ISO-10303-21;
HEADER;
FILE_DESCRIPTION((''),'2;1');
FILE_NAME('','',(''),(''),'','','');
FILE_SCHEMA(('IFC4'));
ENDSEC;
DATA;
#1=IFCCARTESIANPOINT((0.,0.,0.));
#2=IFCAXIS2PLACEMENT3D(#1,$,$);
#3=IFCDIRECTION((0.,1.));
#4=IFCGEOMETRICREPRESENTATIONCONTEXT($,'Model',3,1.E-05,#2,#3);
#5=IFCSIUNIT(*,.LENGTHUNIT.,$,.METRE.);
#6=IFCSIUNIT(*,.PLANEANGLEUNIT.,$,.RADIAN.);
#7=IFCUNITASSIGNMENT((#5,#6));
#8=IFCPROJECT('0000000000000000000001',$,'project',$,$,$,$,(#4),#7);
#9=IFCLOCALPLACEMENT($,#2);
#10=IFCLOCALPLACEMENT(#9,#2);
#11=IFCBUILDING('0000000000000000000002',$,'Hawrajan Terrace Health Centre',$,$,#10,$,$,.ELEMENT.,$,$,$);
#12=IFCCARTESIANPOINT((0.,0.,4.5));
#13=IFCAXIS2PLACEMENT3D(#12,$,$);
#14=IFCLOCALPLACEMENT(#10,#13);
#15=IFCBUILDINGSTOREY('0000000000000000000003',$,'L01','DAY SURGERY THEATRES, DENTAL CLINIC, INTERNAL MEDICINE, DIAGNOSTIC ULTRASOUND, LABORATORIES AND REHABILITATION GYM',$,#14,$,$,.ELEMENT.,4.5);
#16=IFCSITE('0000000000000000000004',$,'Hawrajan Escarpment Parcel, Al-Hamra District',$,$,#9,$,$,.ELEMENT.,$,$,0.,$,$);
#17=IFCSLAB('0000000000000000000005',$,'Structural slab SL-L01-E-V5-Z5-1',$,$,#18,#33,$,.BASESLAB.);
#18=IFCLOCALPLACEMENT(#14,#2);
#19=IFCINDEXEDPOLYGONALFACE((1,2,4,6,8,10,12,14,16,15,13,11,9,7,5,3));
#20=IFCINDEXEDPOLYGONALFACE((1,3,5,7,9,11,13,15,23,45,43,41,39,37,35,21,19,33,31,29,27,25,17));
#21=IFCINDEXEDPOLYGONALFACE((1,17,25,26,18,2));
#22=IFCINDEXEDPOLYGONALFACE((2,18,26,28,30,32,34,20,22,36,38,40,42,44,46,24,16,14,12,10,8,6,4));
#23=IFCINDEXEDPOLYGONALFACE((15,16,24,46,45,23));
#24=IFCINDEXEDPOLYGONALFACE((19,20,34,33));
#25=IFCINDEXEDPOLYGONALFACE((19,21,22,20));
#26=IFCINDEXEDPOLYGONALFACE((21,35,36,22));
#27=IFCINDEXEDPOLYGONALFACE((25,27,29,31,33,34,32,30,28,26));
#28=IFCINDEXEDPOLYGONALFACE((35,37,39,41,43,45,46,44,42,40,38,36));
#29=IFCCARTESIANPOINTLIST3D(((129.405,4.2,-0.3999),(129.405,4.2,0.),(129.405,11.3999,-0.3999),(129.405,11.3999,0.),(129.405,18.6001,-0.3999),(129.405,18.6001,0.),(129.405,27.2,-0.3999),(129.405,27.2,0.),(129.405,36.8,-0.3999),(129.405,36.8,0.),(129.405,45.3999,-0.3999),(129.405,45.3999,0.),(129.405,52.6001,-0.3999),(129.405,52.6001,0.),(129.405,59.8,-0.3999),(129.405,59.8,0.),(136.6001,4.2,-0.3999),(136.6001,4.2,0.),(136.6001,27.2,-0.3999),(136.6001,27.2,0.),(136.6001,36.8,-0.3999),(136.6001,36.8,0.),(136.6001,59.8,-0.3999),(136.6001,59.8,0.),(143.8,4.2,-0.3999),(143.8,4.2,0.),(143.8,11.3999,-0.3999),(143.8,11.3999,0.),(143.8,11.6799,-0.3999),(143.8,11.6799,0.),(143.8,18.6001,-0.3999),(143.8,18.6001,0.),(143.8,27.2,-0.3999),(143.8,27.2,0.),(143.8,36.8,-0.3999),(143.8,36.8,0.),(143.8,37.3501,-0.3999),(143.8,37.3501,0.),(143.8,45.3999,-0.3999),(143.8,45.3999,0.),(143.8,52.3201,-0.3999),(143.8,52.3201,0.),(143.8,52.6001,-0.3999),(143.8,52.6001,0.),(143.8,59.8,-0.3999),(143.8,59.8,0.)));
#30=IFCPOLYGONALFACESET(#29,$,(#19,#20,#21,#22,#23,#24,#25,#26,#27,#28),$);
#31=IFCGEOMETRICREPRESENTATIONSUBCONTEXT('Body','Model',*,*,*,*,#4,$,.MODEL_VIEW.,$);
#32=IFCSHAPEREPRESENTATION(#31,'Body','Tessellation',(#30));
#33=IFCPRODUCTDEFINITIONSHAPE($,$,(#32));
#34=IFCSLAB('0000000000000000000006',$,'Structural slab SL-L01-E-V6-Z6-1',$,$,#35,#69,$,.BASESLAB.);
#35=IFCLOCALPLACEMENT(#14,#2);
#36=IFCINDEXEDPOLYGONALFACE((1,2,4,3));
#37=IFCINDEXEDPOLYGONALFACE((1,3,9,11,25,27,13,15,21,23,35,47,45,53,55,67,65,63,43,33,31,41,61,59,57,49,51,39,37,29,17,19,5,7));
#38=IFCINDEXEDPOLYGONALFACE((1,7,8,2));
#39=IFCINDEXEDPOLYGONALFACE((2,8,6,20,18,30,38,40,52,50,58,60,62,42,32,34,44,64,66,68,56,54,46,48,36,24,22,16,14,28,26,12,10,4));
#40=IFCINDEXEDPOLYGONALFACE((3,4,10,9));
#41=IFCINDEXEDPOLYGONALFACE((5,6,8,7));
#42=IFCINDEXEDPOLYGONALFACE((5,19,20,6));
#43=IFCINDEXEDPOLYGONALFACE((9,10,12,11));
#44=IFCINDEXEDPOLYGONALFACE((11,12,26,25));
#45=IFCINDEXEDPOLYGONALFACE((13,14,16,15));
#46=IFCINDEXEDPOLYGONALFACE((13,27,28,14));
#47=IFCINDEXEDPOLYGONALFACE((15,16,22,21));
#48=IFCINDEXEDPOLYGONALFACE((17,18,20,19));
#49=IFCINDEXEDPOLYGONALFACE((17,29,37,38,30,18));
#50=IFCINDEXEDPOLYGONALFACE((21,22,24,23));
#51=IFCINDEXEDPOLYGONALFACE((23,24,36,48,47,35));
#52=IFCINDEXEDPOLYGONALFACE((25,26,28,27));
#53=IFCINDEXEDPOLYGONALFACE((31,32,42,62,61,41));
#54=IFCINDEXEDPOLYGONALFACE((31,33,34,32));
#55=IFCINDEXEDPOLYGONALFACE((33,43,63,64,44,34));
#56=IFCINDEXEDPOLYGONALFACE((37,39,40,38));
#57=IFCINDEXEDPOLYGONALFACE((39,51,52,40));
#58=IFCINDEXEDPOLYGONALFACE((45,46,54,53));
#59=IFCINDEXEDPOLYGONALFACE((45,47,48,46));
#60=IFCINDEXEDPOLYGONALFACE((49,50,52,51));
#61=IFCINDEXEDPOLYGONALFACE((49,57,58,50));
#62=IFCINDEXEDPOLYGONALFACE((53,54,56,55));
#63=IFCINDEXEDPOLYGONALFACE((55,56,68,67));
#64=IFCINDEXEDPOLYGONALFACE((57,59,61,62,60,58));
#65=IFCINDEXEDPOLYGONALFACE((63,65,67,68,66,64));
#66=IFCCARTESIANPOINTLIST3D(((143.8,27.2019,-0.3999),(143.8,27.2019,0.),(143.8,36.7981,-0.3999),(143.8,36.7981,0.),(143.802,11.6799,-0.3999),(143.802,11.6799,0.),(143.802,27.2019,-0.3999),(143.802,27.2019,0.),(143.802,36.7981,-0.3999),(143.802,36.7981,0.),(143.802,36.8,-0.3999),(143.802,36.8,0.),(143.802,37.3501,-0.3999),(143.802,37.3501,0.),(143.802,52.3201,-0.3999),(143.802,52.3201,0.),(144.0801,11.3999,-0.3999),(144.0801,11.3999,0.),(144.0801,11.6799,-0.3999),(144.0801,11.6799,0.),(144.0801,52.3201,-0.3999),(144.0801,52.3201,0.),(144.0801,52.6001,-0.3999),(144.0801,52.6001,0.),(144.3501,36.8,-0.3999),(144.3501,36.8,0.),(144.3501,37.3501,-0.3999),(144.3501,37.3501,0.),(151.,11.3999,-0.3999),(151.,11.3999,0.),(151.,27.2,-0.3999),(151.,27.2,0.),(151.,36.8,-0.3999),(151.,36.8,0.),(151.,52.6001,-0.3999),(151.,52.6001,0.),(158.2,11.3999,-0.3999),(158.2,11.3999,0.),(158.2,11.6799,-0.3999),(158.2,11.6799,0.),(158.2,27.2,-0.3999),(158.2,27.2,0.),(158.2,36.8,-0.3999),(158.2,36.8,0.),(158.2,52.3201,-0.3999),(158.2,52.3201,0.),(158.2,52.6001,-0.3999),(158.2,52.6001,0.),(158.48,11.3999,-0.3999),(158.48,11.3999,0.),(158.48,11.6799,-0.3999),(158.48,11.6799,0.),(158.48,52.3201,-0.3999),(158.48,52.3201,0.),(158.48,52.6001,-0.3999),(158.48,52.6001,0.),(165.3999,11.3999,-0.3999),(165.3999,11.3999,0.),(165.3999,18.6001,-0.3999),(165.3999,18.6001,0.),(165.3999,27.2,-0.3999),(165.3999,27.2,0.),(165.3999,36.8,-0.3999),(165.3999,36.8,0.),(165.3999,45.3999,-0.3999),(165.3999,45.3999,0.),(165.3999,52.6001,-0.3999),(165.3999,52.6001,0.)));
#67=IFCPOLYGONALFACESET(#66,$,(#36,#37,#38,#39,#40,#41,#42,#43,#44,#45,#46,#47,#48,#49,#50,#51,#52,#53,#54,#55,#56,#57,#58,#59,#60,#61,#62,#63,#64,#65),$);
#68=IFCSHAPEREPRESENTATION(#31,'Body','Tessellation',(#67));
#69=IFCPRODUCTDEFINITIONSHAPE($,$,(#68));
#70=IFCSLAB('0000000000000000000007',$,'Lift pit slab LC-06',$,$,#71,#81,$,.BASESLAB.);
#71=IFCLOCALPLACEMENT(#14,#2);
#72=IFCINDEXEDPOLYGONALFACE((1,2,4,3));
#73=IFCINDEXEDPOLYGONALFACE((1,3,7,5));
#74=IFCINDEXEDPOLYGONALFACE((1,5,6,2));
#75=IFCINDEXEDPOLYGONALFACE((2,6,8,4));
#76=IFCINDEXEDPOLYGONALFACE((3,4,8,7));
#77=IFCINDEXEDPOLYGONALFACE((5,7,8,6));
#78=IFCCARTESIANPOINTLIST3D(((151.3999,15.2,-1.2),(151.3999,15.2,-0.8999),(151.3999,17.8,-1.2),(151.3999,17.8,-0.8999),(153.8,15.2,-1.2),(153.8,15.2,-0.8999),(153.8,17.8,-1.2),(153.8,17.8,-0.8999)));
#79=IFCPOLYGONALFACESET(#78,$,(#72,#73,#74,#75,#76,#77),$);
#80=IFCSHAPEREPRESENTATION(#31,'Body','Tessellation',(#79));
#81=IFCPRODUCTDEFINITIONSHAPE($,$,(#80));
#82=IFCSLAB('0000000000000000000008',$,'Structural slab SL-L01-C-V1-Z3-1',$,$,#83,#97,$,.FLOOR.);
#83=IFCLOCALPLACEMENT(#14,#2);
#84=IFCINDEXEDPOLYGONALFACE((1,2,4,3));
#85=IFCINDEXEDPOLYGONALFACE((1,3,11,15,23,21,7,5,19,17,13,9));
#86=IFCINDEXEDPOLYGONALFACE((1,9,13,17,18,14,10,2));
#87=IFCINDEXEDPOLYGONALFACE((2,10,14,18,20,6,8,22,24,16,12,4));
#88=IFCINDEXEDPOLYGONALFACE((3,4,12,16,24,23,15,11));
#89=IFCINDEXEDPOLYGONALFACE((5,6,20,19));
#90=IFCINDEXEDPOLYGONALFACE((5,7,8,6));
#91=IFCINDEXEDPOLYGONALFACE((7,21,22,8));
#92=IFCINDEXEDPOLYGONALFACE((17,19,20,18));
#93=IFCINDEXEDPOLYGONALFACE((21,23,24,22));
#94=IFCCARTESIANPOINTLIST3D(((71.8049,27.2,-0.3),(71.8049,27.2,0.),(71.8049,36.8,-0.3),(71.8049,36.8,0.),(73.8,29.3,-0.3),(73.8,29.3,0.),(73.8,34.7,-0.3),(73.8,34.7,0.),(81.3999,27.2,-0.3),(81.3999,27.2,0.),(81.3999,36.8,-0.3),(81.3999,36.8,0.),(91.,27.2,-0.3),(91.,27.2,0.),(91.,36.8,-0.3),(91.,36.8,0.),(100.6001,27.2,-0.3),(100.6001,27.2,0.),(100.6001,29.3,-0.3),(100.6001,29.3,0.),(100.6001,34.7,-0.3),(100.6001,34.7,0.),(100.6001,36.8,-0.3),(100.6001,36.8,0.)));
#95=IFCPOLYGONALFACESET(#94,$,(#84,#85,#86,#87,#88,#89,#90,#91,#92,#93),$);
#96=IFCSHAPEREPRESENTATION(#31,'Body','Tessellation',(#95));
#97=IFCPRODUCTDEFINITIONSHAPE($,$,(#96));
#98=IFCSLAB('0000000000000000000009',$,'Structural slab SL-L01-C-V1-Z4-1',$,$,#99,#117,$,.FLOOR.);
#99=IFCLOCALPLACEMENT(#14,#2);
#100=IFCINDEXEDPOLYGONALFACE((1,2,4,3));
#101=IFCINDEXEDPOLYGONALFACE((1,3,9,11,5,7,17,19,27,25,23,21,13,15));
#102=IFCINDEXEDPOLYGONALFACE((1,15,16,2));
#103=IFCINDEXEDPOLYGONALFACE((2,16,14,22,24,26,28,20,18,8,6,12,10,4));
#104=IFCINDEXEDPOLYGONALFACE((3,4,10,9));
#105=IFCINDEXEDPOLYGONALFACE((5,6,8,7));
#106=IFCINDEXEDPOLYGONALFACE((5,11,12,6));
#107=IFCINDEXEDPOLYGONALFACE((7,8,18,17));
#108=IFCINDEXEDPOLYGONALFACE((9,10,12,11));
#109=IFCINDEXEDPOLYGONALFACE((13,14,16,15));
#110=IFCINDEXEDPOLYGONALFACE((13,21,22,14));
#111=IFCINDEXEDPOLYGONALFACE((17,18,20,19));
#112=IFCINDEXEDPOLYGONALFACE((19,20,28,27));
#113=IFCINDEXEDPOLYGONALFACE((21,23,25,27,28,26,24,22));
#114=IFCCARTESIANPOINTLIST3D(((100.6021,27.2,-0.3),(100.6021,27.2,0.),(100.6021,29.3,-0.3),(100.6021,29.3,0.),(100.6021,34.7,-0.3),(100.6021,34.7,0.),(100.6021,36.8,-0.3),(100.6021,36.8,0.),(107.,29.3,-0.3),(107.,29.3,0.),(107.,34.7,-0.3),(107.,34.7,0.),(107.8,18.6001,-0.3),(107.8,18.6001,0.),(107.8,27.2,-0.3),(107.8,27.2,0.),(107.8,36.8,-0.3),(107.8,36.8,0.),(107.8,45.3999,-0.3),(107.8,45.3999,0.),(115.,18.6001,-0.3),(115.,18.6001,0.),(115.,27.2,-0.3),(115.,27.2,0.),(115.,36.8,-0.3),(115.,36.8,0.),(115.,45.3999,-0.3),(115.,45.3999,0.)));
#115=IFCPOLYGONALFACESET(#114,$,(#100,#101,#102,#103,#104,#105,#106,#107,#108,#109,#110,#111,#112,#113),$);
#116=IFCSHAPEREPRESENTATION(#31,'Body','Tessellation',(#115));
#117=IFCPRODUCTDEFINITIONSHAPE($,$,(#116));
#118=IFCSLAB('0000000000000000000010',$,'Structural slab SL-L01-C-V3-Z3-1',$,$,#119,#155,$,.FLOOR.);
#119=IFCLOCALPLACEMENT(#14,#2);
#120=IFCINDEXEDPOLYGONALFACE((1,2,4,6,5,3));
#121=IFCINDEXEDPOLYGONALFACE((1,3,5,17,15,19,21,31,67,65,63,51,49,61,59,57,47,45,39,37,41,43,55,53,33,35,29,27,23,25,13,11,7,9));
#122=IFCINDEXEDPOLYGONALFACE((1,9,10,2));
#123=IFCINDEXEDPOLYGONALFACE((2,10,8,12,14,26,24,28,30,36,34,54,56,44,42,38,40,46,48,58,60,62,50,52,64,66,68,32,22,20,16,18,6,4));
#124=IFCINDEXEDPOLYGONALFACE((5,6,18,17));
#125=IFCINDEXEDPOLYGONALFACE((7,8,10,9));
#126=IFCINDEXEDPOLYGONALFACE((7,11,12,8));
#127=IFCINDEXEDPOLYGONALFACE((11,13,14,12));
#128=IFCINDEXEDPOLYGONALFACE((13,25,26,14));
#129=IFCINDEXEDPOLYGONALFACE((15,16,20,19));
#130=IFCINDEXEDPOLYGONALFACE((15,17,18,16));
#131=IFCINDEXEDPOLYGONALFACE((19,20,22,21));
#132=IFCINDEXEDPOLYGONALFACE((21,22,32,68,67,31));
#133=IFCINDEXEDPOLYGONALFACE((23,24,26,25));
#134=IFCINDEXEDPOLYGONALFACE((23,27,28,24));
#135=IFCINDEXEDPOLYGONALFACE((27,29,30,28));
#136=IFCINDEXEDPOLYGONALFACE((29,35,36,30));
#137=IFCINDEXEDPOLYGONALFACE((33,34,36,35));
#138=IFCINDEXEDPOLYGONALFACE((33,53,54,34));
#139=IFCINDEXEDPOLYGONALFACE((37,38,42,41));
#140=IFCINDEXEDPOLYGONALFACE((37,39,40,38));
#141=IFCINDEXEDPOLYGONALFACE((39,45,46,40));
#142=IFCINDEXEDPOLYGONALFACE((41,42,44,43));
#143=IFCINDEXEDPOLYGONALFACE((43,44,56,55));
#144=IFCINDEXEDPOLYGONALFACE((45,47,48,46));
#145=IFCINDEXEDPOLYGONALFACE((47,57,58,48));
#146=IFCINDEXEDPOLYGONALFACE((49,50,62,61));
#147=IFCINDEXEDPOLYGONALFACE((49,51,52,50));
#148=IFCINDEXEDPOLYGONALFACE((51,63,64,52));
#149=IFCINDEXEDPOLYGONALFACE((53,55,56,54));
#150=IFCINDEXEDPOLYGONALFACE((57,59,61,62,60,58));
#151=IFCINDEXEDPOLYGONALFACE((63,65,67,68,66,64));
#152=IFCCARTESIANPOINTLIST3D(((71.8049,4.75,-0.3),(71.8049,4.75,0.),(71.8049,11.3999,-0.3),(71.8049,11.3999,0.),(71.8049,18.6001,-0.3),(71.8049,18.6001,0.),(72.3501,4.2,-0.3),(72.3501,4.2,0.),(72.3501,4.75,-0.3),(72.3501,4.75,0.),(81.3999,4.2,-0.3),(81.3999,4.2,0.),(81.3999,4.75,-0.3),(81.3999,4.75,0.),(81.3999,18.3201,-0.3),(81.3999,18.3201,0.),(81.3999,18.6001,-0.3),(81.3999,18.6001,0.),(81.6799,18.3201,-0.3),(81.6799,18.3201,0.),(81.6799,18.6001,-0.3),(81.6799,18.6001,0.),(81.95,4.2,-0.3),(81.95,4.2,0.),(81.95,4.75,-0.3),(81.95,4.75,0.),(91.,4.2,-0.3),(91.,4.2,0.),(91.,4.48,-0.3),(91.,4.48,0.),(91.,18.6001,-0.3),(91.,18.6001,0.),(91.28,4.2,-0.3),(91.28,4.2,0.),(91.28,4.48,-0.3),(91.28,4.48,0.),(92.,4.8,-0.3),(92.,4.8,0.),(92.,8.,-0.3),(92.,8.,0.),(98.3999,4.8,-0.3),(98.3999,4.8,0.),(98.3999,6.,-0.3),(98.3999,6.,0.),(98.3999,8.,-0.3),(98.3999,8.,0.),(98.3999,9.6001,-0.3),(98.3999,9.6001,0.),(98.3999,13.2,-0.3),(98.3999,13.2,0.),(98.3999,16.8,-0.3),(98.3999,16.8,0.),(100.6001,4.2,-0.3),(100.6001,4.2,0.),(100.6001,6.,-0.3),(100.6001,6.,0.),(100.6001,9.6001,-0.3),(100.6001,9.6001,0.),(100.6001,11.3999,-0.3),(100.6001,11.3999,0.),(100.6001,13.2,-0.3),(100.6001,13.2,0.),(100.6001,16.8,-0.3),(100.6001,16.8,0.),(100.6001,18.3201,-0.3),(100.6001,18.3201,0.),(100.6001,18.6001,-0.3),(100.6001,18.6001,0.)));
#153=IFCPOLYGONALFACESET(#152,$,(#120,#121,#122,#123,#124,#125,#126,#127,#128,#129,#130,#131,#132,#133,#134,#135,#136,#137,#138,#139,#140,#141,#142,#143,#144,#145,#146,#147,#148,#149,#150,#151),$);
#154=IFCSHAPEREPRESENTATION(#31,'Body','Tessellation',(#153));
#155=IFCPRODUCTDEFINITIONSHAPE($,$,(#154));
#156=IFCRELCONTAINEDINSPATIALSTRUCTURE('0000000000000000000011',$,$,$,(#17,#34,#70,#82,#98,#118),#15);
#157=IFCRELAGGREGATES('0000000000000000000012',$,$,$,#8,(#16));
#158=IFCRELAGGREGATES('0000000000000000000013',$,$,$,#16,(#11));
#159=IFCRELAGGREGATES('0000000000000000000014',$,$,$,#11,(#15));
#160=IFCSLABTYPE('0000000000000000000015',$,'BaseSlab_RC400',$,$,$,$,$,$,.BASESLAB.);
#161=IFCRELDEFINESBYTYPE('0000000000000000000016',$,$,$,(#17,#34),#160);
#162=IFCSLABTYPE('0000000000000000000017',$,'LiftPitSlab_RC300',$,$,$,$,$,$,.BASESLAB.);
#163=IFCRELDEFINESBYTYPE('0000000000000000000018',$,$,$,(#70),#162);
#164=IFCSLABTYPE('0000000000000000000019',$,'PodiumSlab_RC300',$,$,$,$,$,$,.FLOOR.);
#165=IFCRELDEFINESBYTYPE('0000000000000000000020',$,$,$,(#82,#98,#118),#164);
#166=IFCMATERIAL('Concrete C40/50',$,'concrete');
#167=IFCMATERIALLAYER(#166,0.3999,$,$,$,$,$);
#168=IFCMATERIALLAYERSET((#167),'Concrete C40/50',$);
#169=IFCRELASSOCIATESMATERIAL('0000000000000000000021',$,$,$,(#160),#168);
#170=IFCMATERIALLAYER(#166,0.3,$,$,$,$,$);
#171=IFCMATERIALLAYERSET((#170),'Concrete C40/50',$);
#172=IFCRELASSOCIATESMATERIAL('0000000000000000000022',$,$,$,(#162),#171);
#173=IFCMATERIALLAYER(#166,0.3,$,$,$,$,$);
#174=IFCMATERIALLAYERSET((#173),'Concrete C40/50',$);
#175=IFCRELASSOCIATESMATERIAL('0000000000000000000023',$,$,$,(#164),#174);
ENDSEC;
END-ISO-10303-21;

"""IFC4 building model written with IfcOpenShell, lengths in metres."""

from ifc_helpers import new_model, si_unit, direction, frame, origin, place, context, subcontext, project, spatial, polyline, outline, extrude, material, layer, layer_set, type_object, element, save


model = new_model("IFC4")

# Units and contexts
model_context = context("Model", 3, precision=1e-05, world=origin(), true_north=direction((0.0, 1.0)))
body_context = subcontext(model_context, "Body", "Model", "MODEL_VIEW")
ifc_project = project(units=[si_unit("LENGTHUNIT", "METRE"), si_unit("PLANEANGLEUNIT", "RADIAN")], contexts=[model_context])

# Site, building, storey
site_placement = place(None, origin())
site = spatial("IfcSite", under=ifc_project, at=site_placement, Name="Hawrajan Escarpment Parcel, Al-Hamra District", CompositionType="ELEMENT", RefElevation=0.0)
building_placement = place(site_placement, origin())
building = spatial("IfcBuilding", under=site, at=building_placement, Name="Hawrajan Terrace Health Centre", CompositionType="ELEMENT")
storey_placement = place(building_placement, frame((0.0, 0.0, 4.5)))
storey = spatial("IfcBuildingStorey", under=building, at=storey_placement, Name="L01", Description="DAY SURGERY THEATRES, DENTAL CLINIC, INTERNAL MEDICINE, DIAGNOSTIC ULTRASOUND, LABORATORIES AND REHABILITATION GYM", CompositionType="ELEMENT", Elevation=4.5)

# Slabs
ifc_material_1 = material(Name="Concrete C40/50", Category="concrete")
ifc_layer_1 = layer(ifc_material_1, 0.3999)
ifc_layer_set_1 = layer_set([ifc_layer_1], Name="Concrete C40/50")
slab_type_1 = type_object("IfcSlabType", Name="BaseSlab_RC400", PredefinedType="BASESLAB", material=ifc_layer_set_1)
slab_1_placement = place(storey_placement, frame((0.0, 0.0, -0.3999)))
element("IfcSlab", 1, at=slab_1_placement, inside=storey, type_object=slab_type_1, Name="Structural slab SL-L01-E-V5-Z5-1", PredefinedType="BASESLAB", context=body_context, shape_type="SweptSolid", body=[
    extrude(outline(polyline([(129.405, 18.6001), (129.405, 27.2), (129.405, 36.8), (129.405, 45.3999), (129.405, 52.6001), (129.405, 59.8), (136.6001, 59.8), (143.8, 59.8), (143.8, 52.6001), (143.8, 52.3201), (143.8, 45.3999), (143.8, 37.3501), (143.8, 36.8), (136.6001, 36.8), (136.6001, 27.2), (143.8, 27.2), (143.8, 18.6001), (143.8, 11.6799), (143.8, 11.3999), (143.8, 4.2), (136.6001, 4.2), (129.405, 4.2), (129.405, 11.3999), (129.405, 18.6001)])), origin(), (0.0, 0.0, 1.0), 0.3999),
])
slab_2_placement = place(storey_placement, frame((0.0, 0.0, -0.3999)))
element("IfcSlab", 2, at=slab_2_placement, inside=storey, type_object=slab_type_1, Name="Structural slab SL-L01-E-V6-Z6-1", PredefinedType="BASESLAB", context=body_context, shape_type="SweptSolid", body=[
    extrude(outline(polyline([(144.3501, 36.8), (144.3501, 37.3501), (143.802, 37.3501), (143.802, 52.3201), (144.0801, 52.3201), (144.0801, 52.6001), (151.0, 52.6001), (158.2, 52.6001), (158.2, 52.3201), (158.48, 52.3201), (158.48, 52.6001), (165.3999, 52.6001), (165.3999, 45.3999), (165.3999, 36.8), (158.2, 36.8), (151.0, 36.8), (151.0, 27.2), (158.2, 27.2), (165.3999, 27.2), (165.3999, 18.6001), (165.3999, 11.3999), (158.48, 11.3999), (158.48, 11.6799), (158.2, 11.6799), (158.2, 11.3999), (151.0, 11.3999), (144.0801, 11.3999), (144.0801, 11.6799), (143.802, 11.6799), (143.802, 27.2019), (143.8, 27.2019), (143.8, 36.7981), (143.802, 36.7981), (143.802, 36.8), (144.3501, 36.8)])), origin(), (0.0, 0.0, 1.0), 0.3999),
])
ifc_layer_2 = layer(ifc_material_1, 0.3)
ifc_layer_set_2 = layer_set([ifc_layer_2], Name="Concrete C40/50")
slab_type_2 = type_object("IfcSlabType", Name="LiftPitSlab_RC300", PredefinedType="BASESLAB", material=ifc_layer_set_2)
slab_3_placement = place(storey_placement, frame((0.0, 0.0, -1.2)))
element("IfcSlab", 3, at=slab_3_placement, inside=storey, type_object=slab_type_2, Name="Lift pit slab LC-06", PredefinedType="BASESLAB", context=body_context, shape_type="SweptSolid", body=[
    extrude(outline(polyline([(151.3999, 15.2), (153.8, 15.2), (153.8, 17.8), (151.3999, 17.8), (151.3999, 15.2)])), origin(), (0.0, 0.0, 1.0), 0.3),
])
ifc_layer_3 = layer(ifc_material_1, 0.3)
ifc_layer_set_3 = layer_set([ifc_layer_3], Name="Concrete C40/50")
slab_type_3 = type_object("IfcSlabType", Name="PodiumSlab_RC300", PredefinedType="FLOOR", material=ifc_layer_set_3)
slab_4_placement = place(storey_placement, frame((0.0, 0.0, -0.3)))
element("IfcSlab", 4, at=slab_4_placement, inside=storey, type_object=slab_type_3, Name="Structural slab SL-L01-C-V1-Z3-1", PredefinedType="FLOOR", context=body_context, shape_type="SweptSolid", body=[
    extrude(outline(polyline([(71.8049, 36.8), (81.3999, 36.8), (91.0, 36.8), (100.6001, 36.8), (100.6001, 34.7), (73.8, 34.7), (73.8, 29.3), (100.6001, 29.3), (100.6001, 27.2), (91.0, 27.2), (81.3999, 27.2), (71.8049, 27.2), (71.8049, 36.8)])), origin(), (0.0, 0.0, 1.0), 0.3),
])
slab_5_placement = place(storey_placement, frame((0.0, 0.0, -0.3)))
element("IfcSlab", 5, at=slab_5_placement, inside=storey, type_object=slab_type_3, Name="Structural slab SL-L01-C-V1-Z4-1", PredefinedType="FLOOR", context=body_context, shape_type="SweptSolid", body=[
    extrude(outline(polyline([(107.0, 29.3), (107.0, 34.7), (100.6021, 34.7), (100.6021, 36.8), (107.8, 36.8), (107.8, 45.3999), (115.0, 45.3999), (115.0, 36.8), (115.0, 27.2), (115.0, 18.6001), (107.8, 18.6001), (107.8, 27.2), (100.6021, 27.2), (100.6021, 29.3), (107.0, 29.3)])), origin(), (0.0, 0.0, 1.0), 0.3),
])
slab_6_placement = place(storey_placement, frame((0.0, 0.0, -0.3)))
element("IfcSlab", 6, at=slab_6_placement, inside=storey, type_object=slab_type_3, Name="Structural slab SL-L01-C-V3-Z3-1", PredefinedType="FLOOR", context=body_context, shape_type="SweptSolid", body=[
    extrude(outline(polyline([(81.3999, 18.6001), (81.3999, 18.3201), (81.6799, 18.3201), (81.6799, 18.6001), (91.0, 18.6001), (100.6001, 18.6001), (100.6001, 18.3201), (100.6001, 16.8), (98.3999, 16.8), (98.3999, 13.2), (100.6001, 13.2), (100.6001, 11.3999), (100.6001, 9.6001), (98.3999, 9.6001), (98.3999, 8.0), (92.0, 8.0), (92.0, 4.8), (98.3999, 4.8), (98.3999, 6.0), (100.6001, 6.0), (100.6001, 4.2), (91.28, 4.2), (91.28, 4.48), (91.0, 4.48), (91.0, 4.2), (81.95, 4.2), (81.95, 4.75), (81.3999, 4.75), (81.3999, 4.2), (72.3501, 4.2), (72.3501, 4.75), (71.8049, 4.75), (71.8049, 11.3999), (71.8049, 18.6001), (81.3999, 18.6001)])), origin(), (0.0, 0.0, 1.0), 0.3),
])

save(model, "model.ifc")
